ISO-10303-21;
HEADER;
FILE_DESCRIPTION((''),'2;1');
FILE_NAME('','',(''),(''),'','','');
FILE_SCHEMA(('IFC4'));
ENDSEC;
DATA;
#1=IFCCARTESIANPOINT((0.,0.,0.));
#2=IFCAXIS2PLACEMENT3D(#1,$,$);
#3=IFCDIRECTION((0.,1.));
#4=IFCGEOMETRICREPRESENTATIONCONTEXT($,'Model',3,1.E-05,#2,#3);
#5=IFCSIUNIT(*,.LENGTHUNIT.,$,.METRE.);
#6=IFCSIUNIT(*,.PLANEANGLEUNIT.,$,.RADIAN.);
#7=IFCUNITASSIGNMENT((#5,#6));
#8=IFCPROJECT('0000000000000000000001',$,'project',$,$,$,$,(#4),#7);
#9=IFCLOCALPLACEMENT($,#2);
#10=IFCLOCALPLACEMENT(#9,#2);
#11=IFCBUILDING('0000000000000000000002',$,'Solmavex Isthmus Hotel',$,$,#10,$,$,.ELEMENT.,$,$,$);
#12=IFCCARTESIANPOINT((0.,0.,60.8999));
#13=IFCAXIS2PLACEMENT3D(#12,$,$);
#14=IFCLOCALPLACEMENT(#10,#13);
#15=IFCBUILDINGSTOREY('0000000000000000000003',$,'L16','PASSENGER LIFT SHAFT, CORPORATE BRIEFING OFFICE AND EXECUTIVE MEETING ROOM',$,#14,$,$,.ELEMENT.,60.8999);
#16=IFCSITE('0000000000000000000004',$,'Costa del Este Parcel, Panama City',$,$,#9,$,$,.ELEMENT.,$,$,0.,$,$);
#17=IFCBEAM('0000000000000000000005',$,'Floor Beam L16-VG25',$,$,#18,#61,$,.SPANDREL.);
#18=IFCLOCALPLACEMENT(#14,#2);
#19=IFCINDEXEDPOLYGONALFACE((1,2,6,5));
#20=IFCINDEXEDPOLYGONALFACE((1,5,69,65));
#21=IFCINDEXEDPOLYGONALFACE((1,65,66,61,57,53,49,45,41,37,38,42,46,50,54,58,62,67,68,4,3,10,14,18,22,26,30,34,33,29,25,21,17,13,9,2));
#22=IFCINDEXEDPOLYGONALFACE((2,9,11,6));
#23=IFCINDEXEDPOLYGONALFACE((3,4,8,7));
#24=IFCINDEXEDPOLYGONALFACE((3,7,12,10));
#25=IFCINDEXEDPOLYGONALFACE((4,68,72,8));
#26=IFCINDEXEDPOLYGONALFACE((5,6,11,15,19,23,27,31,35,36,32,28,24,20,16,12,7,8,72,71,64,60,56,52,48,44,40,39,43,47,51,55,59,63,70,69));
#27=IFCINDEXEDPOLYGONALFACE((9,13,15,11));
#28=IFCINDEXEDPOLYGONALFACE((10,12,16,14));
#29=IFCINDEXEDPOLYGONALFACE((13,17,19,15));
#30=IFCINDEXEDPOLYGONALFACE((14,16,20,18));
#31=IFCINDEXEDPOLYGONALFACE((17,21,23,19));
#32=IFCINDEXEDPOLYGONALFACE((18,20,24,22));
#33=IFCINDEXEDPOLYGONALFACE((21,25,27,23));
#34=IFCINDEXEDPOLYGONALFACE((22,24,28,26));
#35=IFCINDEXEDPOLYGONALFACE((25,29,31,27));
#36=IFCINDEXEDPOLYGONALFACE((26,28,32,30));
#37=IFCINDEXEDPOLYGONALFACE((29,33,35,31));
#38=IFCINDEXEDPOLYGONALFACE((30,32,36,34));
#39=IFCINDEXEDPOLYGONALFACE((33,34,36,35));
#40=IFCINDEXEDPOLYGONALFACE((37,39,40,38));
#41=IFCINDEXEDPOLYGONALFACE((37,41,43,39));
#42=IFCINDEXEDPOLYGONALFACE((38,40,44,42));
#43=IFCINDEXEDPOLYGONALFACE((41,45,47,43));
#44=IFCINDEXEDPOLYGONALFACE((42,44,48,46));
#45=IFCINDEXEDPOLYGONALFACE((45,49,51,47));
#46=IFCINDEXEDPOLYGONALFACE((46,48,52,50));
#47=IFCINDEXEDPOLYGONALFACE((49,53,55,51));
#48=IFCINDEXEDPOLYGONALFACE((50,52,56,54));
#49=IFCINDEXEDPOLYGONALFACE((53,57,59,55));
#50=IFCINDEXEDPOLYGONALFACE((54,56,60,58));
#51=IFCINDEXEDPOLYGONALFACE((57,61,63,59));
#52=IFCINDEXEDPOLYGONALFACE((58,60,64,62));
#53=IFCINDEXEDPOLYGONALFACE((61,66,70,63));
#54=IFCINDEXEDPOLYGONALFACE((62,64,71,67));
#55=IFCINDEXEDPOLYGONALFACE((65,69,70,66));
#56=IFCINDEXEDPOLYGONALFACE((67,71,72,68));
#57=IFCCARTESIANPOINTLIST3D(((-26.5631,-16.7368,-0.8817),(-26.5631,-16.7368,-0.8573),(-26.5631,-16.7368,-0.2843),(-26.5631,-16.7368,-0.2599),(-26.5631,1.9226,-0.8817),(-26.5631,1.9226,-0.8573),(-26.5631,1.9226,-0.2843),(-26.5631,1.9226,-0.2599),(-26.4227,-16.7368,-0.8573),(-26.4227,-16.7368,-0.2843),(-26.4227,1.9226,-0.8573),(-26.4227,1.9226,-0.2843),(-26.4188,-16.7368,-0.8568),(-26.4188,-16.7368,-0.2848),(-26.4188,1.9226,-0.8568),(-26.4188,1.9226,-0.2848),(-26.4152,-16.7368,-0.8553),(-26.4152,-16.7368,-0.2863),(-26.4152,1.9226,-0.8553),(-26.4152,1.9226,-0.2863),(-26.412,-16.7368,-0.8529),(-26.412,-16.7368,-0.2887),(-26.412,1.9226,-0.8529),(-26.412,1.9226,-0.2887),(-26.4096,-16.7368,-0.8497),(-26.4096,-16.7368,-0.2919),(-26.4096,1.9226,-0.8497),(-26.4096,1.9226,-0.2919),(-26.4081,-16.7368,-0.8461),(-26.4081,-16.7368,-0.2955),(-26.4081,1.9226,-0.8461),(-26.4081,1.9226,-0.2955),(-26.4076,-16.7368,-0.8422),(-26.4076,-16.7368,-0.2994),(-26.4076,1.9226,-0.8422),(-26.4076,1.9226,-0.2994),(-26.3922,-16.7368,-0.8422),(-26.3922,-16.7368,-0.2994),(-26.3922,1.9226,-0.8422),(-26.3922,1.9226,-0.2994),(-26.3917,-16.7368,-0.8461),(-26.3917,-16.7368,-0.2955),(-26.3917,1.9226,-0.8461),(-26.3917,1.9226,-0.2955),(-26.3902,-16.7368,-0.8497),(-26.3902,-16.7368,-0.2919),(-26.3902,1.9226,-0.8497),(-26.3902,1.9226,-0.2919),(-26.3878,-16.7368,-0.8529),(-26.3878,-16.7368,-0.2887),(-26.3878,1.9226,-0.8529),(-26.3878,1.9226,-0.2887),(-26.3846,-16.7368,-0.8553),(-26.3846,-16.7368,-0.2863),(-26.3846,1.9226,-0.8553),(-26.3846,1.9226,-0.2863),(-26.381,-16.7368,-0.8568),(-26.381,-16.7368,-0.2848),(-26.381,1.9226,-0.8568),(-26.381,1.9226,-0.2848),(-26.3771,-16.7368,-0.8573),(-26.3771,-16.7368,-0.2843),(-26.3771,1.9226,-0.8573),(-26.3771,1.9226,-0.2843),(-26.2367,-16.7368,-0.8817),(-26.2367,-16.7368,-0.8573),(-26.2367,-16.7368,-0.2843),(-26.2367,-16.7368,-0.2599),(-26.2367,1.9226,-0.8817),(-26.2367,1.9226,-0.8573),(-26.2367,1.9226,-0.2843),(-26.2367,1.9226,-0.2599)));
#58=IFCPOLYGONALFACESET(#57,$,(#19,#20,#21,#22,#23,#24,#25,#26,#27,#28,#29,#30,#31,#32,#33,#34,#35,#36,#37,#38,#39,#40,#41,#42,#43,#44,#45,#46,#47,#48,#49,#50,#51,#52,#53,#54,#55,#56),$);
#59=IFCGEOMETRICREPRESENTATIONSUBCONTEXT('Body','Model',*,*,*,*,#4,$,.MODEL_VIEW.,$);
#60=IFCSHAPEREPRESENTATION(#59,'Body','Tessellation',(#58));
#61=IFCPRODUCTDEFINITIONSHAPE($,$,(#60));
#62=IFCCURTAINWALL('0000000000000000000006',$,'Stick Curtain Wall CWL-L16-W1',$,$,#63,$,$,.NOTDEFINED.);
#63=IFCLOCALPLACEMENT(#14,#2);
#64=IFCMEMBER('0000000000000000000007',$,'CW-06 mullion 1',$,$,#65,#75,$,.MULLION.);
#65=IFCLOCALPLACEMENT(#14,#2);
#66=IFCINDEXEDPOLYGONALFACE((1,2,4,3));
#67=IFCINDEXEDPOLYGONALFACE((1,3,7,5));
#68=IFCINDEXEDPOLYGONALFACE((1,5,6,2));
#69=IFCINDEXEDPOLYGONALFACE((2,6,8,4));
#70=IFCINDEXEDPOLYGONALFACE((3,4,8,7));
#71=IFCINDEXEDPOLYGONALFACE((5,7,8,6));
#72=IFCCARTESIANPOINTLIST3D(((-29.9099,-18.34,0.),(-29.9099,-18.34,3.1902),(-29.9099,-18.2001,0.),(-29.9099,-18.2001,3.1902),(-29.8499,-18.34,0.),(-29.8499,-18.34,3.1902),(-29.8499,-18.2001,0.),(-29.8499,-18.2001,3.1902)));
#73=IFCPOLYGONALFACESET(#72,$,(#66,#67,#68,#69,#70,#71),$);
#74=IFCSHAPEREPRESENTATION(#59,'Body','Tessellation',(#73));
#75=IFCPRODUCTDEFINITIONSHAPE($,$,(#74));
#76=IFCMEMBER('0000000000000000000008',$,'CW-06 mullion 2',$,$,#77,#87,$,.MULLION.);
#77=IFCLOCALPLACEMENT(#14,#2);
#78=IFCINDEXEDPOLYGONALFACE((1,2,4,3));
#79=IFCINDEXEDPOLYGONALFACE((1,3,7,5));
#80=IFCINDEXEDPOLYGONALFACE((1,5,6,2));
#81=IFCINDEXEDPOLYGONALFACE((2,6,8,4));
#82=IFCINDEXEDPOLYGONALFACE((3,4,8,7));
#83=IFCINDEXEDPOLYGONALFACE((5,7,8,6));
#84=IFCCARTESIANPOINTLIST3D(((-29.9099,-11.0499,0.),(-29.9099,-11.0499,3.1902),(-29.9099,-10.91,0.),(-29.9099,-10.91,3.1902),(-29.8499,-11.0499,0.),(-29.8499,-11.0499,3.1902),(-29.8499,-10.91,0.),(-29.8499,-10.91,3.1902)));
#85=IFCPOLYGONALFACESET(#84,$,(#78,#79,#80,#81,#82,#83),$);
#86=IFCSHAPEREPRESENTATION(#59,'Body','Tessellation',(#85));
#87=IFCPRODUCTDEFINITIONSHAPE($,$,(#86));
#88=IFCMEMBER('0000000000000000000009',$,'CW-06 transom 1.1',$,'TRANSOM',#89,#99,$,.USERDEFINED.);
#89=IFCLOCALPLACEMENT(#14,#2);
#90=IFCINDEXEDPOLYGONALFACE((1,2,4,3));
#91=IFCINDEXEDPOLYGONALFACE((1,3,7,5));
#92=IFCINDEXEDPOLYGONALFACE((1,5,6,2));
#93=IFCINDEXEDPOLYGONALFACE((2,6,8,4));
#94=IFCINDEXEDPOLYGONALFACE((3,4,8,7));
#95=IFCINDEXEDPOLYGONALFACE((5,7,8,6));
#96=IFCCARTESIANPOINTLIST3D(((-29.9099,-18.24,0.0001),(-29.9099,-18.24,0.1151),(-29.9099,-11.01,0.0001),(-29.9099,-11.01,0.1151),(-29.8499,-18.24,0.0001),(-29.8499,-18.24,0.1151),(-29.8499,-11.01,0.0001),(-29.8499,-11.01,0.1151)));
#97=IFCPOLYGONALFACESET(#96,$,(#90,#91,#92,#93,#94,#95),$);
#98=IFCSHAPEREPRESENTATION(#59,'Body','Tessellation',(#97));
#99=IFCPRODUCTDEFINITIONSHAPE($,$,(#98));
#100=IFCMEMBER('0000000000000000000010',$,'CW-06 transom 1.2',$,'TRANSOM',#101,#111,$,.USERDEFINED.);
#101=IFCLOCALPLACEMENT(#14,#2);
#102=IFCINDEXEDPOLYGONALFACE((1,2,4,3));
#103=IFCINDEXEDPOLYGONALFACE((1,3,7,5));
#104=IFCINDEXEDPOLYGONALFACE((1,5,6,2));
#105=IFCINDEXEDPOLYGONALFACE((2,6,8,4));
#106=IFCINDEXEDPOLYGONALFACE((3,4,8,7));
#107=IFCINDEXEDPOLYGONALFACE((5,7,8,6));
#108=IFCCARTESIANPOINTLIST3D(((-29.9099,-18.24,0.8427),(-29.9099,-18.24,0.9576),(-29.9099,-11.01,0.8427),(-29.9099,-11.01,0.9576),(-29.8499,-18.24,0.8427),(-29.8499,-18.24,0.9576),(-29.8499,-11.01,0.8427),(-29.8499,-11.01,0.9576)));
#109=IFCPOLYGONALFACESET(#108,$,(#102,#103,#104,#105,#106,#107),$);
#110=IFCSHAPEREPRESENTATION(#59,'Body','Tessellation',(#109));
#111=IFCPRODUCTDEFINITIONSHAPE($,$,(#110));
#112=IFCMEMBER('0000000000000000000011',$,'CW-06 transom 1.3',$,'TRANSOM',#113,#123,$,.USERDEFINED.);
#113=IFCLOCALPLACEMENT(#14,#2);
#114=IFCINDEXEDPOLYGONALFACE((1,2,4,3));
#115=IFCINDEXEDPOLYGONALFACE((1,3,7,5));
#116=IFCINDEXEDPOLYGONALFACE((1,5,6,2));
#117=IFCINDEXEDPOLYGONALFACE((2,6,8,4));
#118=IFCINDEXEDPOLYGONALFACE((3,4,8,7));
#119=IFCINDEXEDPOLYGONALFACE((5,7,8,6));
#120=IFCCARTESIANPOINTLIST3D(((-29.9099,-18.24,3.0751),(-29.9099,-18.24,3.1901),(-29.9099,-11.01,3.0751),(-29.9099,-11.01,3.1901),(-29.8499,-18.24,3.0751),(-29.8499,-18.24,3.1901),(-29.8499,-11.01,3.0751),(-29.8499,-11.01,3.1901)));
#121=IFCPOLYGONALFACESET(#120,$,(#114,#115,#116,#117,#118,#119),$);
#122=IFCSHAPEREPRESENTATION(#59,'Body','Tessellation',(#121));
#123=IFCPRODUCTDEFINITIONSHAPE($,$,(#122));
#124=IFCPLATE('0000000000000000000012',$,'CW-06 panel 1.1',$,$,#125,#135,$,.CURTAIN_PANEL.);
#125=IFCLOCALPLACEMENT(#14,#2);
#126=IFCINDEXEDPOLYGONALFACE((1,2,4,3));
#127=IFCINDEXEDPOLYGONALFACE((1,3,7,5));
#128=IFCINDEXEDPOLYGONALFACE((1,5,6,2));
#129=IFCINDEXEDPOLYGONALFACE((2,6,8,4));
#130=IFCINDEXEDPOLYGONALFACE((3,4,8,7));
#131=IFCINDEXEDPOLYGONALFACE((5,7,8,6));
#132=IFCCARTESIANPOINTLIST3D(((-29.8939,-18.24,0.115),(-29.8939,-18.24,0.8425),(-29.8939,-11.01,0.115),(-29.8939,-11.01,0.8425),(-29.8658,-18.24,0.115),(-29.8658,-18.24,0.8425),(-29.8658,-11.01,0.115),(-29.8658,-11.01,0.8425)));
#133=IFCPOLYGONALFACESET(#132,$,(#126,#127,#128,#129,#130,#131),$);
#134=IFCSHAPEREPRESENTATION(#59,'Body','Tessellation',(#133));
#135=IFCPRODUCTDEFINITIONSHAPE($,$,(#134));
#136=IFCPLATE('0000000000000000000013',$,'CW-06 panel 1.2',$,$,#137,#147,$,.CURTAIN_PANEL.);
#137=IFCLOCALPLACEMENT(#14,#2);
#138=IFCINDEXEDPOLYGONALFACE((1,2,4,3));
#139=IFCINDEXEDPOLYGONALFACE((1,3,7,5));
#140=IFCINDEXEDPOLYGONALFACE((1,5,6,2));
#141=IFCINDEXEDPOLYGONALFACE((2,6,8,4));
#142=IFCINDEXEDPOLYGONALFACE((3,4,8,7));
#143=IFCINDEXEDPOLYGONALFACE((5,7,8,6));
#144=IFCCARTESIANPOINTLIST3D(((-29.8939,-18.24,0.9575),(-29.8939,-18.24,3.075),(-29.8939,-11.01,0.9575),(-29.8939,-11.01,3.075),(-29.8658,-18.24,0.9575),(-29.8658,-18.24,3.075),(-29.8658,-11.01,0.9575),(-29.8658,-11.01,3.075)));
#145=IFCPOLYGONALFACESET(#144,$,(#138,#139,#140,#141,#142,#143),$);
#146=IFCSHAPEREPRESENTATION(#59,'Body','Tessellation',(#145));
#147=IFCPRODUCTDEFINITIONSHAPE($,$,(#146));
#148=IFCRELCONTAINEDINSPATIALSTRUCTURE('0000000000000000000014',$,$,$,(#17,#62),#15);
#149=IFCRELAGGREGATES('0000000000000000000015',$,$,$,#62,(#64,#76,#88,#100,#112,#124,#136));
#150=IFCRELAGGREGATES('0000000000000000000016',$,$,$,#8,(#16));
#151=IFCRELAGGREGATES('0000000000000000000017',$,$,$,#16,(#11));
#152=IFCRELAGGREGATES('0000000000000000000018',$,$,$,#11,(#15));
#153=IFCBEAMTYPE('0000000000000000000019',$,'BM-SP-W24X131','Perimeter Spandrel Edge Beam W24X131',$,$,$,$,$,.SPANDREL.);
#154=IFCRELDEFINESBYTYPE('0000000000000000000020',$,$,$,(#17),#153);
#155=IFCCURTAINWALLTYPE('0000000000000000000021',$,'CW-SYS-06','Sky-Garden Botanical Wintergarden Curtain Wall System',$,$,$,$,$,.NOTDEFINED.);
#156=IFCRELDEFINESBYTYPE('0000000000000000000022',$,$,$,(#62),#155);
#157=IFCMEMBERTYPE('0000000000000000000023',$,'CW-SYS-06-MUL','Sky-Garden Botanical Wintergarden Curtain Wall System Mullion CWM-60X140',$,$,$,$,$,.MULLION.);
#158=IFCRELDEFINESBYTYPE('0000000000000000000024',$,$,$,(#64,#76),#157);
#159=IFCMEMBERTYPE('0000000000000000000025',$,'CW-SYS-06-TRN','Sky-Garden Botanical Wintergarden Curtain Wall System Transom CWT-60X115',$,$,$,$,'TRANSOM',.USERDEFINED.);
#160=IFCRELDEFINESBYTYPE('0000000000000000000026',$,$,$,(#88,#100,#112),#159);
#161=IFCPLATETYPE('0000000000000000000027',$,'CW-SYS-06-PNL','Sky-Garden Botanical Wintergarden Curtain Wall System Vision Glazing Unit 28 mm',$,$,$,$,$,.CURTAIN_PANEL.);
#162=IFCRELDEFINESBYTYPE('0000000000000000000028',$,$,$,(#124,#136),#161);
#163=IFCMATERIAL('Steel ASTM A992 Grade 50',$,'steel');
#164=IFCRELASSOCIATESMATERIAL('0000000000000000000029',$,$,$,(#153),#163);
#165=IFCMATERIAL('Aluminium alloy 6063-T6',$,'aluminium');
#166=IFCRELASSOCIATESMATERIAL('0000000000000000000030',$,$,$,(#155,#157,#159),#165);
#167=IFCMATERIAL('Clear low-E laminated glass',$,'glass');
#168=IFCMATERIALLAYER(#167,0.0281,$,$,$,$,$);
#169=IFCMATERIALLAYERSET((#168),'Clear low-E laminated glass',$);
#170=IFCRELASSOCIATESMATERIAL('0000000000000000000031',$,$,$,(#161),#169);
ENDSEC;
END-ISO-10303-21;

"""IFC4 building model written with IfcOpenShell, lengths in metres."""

from ifc_helpers import new_model, si_unit, direction, frame, origin, origin_2d, place, context, subcontext, project, spatial, rectangle, i_section, extrude, material, layer, layer_set, material_profile, profile_set, type_object, element, aggregate, save


model = new_model("IFC4")

# Units and contexts
model_context = context("Model", 3, precision=1e-05, world=origin(), true_north=direction((0.0, 1.0)))
body_context = subcontext(model_context, "Body", "Model", "MODEL_VIEW")
ifc_project = project(units=[si_unit("LENGTHUNIT", "METRE"), si_unit("PLANEANGLEUNIT", "RADIAN")], contexts=[model_context])

# Site, building, storey
site_placement = place(None, origin())
site = spatial("IfcSite", under=ifc_project, at=site_placement, Name="Costa del Este Parcel, Panama City", CompositionType="ELEMENT", RefElevation=0.0)
building_placement = place(site_placement, origin())
building = spatial("IfcBuilding", under=site, at=building_placement, Name="Solmavex Isthmus Hotel", CompositionType="ELEMENT")
storey_placement = place(building_placement, frame((0.0, 0.0, 60.8999)))
storey = spatial("IfcBuildingStorey", under=building, at=storey_placement, Name="L16", Description="PASSENGER LIFT SHAFT, CORPORATE BRIEFING OFFICE AND EXECUTIVE MEETING ROOM", CompositionType="ELEMENT", Elevation=60.8999)

# Beam
ifc_material_1 = material(Name="Steel ASTM A992 Grade 50", Category="steel")
ifc_material_profile_1 = material_profile(ifc_material_1, i_section(OverallWidth=0.3264, OverallDepth=0.6218, WebThickness=0.0154, FlangeThickness=0.0244, FilletRadius=0.0151, at=origin_2d()), Name="W24X131")
ifc_profile_set_1 = profile_set([ifc_material_profile_1], Name="Steel ASTM A992 Grade 50")
beam_type_1 = type_object("IfcBeamType", Name="BM-SP-W24X131", Description="Perimeter Spandrel Edge Beam W24X131", PredefinedType="SPANDREL", material=ifc_profile_set_1)
beam_1_placement = place(storey_placement, frame((-26.3999, -16.7368, -0.5708), z_axis=(0.0, 1.0, 0.0), x_axis=(-1.0, 0.0, 0.0)))
element("IfcBeam", 1, at=beam_1_placement, inside=storey, type_object=beam_type_1, Name="Floor Beam L16-VG25", PredefinedType="SPANDREL", context=body_context, shape_type="SweptSolid", body=[
    extrude(i_section(OverallWidth=0.3264, OverallDepth=0.6218, WebThickness=0.0154, FlangeThickness=0.0244, FilletRadius=0.0151, at=origin_2d()), origin(), (0.0, 0.0, 1.0), 18.6594),
])

# Curtain wall, members, plates
ifc_material_2 = material(Name="Aluminium alloy 6063-T6", Category="aluminium")
curtain_wall_type = type_object("IfcCurtainWallType", Name="CW-SYS-06", Description="Sky-Garden Botanical Wintergarden Curtain Wall System", PredefinedType="NOTDEFINED", material=ifc_material_2)
curtain_wall_placement = place(storey_placement, origin())
curtain_wall = element("IfcCurtainWall", 2, at=curtain_wall_placement, inside=storey, type_object=curtain_wall_type, Name="Stick Curtain Wall CWL-L16-W1", PredefinedType="NOTDEFINED")
ifc_material_profile_2 = material_profile(ifc_material_2, rectangle(XDim=0.0601, YDim=0.1399, at=origin_2d()), Name="CWM-60X140")
ifc_profile_set_2 = profile_set([ifc_material_profile_2], Name="Aluminium alloy 6063-T6")
member_type_1 = type_object("IfcMemberType", Name="CW-SYS-06-MUL", Description="Sky-Garden Botanical Wintergarden Curtain Wall System Mullion CWM-60X140", PredefinedType="MULLION", material=ifc_profile_set_2)
member_1_placement = place(storey_placement, frame((-29.8799, -18.27, 0.0), z_axis=(0.0, 0.0, 1.0), x_axis=(-1.0, 0.0, 0.0)))
member_1 = element("IfcMember", 3, at=member_1_placement, type_object=member_type_1, Name="CW-06 mullion 1", PredefinedType="MULLION", context=body_context, shape_type="SweptSolid", body=[
    extrude(rectangle(XDim=0.0601, YDim=0.1399, at=origin_2d()), origin(), (0.0, 0.0, 1.0), 3.1902),
])
member_2_placement = place(storey_placement, frame((-29.8799, -10.98, 0.0), z_axis=(0.0, 0.0, 1.0), x_axis=(-1.0, 0.0, 0.0)))
member_2 = element("IfcMember", 4, at=member_2_placement, type_object=member_type_1, Name="CW-06 mullion 2", PredefinedType="MULLION", context=body_context, shape_type="SweptSolid", body=[
    extrude(rectangle(XDim=0.0601, YDim=0.1399, at=origin_2d()), origin(), (0.0, 0.0, 1.0), 3.1902),
])
ifc_material_profile_3 = material_profile(ifc_material_2, rectangle(XDim=0.0601, YDim=0.115, at=origin_2d()), Name="CWT-60X115")
ifc_profile_set_3 = profile_set([ifc_material_profile_3], Name="Aluminium alloy 6063-T6")
member_type_2 = type_object("IfcMemberType", Name="CW-SYS-06-TRN", Description="Sky-Garden Botanical Wintergarden Curtain Wall System Transom CWT-60X115", ElementType="TRANSOM", PredefinedType="USERDEFINED", material=ifc_profile_set_3)
member_3_placement = place(storey_placement, frame((-29.8799, -18.24, 0.0576), z_axis=(0.0, 1.0, 0.0), x_axis=(-1.0, 0.0, 0.0)))
member_3 = element("IfcMember", 5, at=member_3_placement, type_object=member_type_2, Name="CW-06 transom 1.1", ObjectType="TRANSOM", PredefinedType="USERDEFINED", context=body_context, shape_type="SweptSolid", body=[
    extrude(rectangle(XDim=0.0601, YDim=0.115, at=origin_2d()), origin(), (0.0, 0.0, 1.0), 7.23),
])
member_4_placement = place(storey_placement, frame((-29.8799, -18.24, 0.9001), z_axis=(0.0, 1.0, 0.0), x_axis=(-1.0, 0.0, 0.0)))
member_4 = element("IfcMember", 6, at=member_4_placement, type_object=member_type_2, Name="CW-06 transom 1.2", ObjectType="TRANSOM", PredefinedType="USERDEFINED", context=body_context, shape_type="SweptSolid", body=[
    extrude(rectangle(XDim=0.0601, YDim=0.115, at=origin_2d()), origin(), (0.0, 0.0, 1.0), 7.23),
])
member_5_placement = place(storey_placement, frame((-29.8799, -18.24, 3.1326), z_axis=(0.0, 1.0, 0.0), x_axis=(-1.0, 0.0, 0.0)))
member_5 = element("IfcMember", 7, at=member_5_placement, type_object=member_type_2, Name="CW-06 transom 1.3", ObjectType="TRANSOM", PredefinedType="USERDEFINED", context=body_context, shape_type="SweptSolid", body=[
    extrude(rectangle(XDim=0.0601, YDim=0.115, at=origin_2d()), origin(), (0.0, 0.0, 1.0), 7.23),
])
ifc_material_3 = material(Name="Clear low-E laminated glass", Category="glass")
ifc_layer_1 = layer(ifc_material_3, 0.0281)
ifc_layer_set_1 = layer_set([ifc_layer_1], Name="Clear low-E laminated glass")
plate_type = type_object("IfcPlateType", Name="CW-SYS-06-PNL", Description="Sky-Garden Botanical Wintergarden Curtain Wall System Vision Glazing Unit 28 mm", PredefinedType="CURTAIN_PANEL", material=ifc_layer_set_1)
plate_1_placement = place(storey_placement, frame((-29.8799, -14.625, 0.115), z_axis=(0.0, 0.0, 1.0), x_axis=(0.0, 1.0, 0.0)))
plate_1 = element("IfcPlate", 8, at=plate_1_placement, type_object=plate_type, Name="CW-06 panel 1.1", PredefinedType="CURTAIN_PANEL", context=body_context, shape_type="SweptSolid", body=[
    extrude(rectangle(XDim=7.23, YDim=0.0281, at=origin_2d()), origin(), (0.0, 0.0, 1.0), 0.7275),
])
plate_2_placement = place(storey_placement, frame((-29.8799, -14.625, 0.9575), z_axis=(0.0, 0.0, 1.0), x_axis=(0.0, 1.0, 0.0)))
plate_2 = element("IfcPlate", 9, at=plate_2_placement, type_object=plate_type, Name="CW-06 panel 1.2", PredefinedType="CURTAIN_PANEL", context=body_context, shape_type="SweptSolid", body=[
    extrude(rectangle(XDim=7.23, YDim=0.0281, at=origin_2d()), origin(), (0.0, 0.0, 1.0), 2.1174),
])
aggregate(curtain_wall, [member_1, member_2, member_3, member_4, member_5, plate_1, plate_2])

save(model, "model.ifc")
